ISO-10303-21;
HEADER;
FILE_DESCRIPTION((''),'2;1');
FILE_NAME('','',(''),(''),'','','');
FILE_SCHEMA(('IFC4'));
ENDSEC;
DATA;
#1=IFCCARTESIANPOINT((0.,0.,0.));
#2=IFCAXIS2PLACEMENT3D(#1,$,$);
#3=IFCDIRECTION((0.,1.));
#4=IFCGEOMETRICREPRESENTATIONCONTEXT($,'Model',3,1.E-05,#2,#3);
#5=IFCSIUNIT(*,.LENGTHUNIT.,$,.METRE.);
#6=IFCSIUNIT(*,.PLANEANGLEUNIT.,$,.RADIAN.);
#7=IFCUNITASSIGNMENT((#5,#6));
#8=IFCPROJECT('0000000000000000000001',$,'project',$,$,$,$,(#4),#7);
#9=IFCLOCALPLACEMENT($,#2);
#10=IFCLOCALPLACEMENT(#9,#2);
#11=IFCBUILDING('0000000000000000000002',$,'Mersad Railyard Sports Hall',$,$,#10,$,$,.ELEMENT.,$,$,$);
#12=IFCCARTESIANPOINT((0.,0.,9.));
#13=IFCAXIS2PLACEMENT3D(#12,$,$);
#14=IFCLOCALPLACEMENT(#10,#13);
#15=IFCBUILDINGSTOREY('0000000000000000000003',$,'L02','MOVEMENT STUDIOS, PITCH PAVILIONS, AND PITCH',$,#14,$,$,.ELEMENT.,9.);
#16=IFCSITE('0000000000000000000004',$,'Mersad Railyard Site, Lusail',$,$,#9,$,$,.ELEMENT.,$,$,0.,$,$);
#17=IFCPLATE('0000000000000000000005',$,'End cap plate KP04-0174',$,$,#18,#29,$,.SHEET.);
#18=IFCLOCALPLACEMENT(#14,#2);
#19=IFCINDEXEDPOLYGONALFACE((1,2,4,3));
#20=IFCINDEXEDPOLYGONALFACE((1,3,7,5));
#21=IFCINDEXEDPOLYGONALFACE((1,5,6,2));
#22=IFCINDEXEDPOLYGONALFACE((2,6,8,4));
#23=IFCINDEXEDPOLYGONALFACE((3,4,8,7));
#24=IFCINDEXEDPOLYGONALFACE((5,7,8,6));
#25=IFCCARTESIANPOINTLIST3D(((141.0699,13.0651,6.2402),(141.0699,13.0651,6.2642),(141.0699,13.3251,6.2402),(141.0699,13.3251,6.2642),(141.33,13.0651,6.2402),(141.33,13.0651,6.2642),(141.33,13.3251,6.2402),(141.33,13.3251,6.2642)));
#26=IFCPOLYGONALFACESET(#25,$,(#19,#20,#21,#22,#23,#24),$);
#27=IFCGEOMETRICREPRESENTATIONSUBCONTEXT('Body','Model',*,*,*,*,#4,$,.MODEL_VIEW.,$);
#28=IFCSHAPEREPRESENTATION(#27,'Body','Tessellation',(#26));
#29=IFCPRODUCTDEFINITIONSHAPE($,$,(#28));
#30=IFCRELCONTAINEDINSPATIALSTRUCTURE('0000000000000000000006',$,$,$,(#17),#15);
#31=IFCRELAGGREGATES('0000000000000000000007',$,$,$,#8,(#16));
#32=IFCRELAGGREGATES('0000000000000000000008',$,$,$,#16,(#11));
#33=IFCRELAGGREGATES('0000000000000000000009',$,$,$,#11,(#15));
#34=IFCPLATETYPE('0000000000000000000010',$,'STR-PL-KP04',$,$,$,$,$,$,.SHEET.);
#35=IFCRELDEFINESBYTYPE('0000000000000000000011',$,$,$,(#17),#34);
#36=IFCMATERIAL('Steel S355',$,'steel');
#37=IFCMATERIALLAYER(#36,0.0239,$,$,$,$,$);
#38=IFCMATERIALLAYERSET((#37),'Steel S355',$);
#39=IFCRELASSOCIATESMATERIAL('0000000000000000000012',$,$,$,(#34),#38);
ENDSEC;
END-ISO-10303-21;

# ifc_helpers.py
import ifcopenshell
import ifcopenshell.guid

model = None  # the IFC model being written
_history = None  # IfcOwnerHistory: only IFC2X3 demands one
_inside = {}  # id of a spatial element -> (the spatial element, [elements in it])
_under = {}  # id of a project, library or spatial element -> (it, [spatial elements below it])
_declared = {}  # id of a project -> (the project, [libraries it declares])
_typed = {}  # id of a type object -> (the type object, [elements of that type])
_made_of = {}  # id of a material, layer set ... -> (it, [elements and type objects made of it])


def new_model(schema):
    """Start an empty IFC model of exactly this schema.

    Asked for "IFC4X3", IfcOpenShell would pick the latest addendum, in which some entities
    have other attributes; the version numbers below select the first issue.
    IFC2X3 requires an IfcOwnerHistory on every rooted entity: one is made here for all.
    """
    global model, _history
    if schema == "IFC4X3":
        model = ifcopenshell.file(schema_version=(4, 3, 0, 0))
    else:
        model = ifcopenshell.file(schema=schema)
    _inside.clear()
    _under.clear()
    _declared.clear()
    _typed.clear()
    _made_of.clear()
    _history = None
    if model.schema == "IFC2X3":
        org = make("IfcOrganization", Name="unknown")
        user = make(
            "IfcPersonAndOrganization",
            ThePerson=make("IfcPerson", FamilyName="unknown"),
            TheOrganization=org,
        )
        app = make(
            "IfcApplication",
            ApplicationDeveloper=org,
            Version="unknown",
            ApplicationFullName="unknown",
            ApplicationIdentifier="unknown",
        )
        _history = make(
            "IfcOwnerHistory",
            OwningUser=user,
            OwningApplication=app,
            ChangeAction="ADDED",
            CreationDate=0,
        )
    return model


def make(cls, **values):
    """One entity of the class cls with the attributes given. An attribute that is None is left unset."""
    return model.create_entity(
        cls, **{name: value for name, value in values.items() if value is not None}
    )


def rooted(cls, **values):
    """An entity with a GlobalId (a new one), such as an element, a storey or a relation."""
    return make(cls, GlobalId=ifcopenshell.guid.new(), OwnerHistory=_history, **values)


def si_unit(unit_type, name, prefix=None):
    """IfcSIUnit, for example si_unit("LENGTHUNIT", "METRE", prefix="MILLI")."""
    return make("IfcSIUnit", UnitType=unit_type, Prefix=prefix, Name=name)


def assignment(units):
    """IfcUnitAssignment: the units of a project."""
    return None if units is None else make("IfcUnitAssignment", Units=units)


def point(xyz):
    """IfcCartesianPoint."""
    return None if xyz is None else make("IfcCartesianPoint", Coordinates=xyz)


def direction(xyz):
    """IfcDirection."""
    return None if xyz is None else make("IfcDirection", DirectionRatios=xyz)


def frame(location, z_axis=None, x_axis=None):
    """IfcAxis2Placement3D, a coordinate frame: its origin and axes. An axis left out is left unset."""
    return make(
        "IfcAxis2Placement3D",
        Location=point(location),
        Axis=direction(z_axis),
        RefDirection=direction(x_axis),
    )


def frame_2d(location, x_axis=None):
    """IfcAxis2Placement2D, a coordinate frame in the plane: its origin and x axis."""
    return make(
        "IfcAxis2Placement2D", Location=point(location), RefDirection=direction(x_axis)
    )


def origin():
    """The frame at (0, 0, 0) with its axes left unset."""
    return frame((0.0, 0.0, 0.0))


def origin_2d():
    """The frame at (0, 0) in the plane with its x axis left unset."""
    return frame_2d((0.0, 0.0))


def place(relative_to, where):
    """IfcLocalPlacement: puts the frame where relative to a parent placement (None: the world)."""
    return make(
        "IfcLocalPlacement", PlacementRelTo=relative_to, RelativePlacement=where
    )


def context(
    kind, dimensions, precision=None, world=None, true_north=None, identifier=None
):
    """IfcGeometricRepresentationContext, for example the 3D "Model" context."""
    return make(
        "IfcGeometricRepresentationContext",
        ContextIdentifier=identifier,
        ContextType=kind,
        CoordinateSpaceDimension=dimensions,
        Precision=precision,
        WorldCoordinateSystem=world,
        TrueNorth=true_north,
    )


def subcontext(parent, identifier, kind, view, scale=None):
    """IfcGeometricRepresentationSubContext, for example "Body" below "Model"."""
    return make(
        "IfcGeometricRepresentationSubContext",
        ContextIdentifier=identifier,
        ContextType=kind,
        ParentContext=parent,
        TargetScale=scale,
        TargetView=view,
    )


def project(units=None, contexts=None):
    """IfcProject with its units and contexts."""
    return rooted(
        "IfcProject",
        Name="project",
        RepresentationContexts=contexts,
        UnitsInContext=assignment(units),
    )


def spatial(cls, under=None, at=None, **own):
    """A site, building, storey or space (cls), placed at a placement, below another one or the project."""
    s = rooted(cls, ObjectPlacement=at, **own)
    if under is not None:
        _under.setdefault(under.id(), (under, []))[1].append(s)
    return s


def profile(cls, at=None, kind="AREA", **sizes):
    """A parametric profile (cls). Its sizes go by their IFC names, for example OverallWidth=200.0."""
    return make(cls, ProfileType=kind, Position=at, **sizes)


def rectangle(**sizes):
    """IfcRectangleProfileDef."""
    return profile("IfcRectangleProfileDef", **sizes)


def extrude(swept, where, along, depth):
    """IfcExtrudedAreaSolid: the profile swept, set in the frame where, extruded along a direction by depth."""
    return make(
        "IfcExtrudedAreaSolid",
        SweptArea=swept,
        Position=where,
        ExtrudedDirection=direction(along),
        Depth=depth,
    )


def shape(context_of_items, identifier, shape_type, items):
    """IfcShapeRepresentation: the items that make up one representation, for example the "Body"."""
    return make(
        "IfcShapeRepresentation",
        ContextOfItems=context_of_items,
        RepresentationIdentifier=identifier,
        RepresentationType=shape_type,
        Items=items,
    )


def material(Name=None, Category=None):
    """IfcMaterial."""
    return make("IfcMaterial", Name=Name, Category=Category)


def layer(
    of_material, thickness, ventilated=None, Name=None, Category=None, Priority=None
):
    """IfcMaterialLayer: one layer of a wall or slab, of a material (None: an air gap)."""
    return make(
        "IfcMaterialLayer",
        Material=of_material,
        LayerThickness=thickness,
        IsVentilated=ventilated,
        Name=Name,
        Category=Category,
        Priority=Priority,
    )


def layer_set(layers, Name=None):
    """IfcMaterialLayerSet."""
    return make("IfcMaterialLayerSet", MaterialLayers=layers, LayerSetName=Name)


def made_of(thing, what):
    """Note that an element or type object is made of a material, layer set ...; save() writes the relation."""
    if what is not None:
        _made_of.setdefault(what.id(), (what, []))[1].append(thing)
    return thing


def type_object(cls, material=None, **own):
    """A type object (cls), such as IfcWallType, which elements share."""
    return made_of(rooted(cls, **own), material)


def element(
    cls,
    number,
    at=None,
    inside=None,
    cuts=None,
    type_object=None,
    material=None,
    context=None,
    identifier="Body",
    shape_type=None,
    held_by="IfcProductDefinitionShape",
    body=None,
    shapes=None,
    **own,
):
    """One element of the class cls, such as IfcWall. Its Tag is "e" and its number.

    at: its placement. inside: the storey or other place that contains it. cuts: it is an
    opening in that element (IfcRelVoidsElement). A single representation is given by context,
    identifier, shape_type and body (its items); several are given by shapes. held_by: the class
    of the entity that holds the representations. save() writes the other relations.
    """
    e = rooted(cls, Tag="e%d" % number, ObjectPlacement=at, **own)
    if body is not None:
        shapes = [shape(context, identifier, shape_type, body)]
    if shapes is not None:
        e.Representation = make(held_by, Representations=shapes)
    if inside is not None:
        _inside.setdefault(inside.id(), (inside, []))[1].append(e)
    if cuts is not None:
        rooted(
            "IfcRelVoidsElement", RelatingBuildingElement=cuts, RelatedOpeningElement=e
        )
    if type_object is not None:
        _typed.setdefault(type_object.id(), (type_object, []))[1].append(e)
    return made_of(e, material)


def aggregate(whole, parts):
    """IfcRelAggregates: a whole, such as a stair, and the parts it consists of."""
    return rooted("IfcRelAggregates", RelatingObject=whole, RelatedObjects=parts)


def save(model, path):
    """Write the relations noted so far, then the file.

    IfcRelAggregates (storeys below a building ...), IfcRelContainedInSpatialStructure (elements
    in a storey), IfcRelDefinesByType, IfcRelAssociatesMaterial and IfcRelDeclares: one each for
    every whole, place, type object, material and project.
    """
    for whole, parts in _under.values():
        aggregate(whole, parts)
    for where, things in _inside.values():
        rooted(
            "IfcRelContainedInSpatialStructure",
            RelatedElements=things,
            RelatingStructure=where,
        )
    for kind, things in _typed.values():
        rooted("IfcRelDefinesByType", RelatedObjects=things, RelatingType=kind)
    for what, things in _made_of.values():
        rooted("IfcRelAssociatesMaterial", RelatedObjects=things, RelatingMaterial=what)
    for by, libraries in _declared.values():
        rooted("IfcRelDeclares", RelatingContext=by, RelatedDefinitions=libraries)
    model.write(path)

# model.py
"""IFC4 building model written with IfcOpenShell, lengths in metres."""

from ifc_helpers import new_model, si_unit, direction, frame, origin, origin_2d, place, context, subcontext, project, spatial, rectangle, extrude, material, layer, layer_set, type_object, element, save


model = new_model("IFC4")

# Units and contexts
model_context = context("Model", 3, precision=1e-05, world=origin(), true_north=direction((0.0, 1.0)))
body_context = subcontext(model_context, "Body", "Model", "MODEL_VIEW")
ifc_project = project(units=[si_unit("LENGTHUNIT", "METRE"), si_unit("PLANEANGLEUNIT", "RADIAN")], contexts=[model_context])

# Site, building, storey
site_placement = place(None, origin())
site = spatial("IfcSite", under=ifc_project, at=site_placement, Name="Mersad Railyard Site, Lusail", CompositionType="ELEMENT", RefElevation=0.0)
building_placement = place(site_placement, origin())
building = spatial("IfcBuilding", under=site, at=building_placement, Name="Mersad Railyard Sports Hall", CompositionType="ELEMENT")
storey_placement = place(building_placement, frame((0.0, 0.0, 9.0)))
storey = spatial("IfcBuildingStorey", under=building, at=storey_placement, Name="L02", Description="MOVEMENT STUDIOS, PITCH PAVILIONS, AND PITCH", CompositionType="ELEMENT", Elevation=9.0)

# Shared definitions
ifc_material_1 = material(Name="Steel S355", Category="steel")

# Plate
ifc_layer_1 = layer(ifc_material_1, 0.0239)
ifc_layer_set_1 = layer_set([ifc_layer_1], Name="Steel S355")
plate_type_1 = type_object("IfcPlateType", Name="STR-PL-KP04", PredefinedType="SHEET", material=ifc_layer_set_1)
plate_1_placement = place(storey_placement, frame((141.2, 13.1951, 6.2402), z_axis=(0.0, 0.0, 1.0), x_axis=(1.0, 0.0, 0.0)))
element("IfcPlate", 1, at=plate_1_placement, inside=storey, type_object=plate_type_1, Name="End cap plate KP04-0174", PredefinedType="SHEET", context=body_context, shape_type="SweptSolid", body=[
    extrude(rectangle(XDim=0.26, YDim=0.26, at=origin_2d()), origin(), (0.0, 0.0, 1.0), 0.0239),
])

save(model, "model.ifc")
